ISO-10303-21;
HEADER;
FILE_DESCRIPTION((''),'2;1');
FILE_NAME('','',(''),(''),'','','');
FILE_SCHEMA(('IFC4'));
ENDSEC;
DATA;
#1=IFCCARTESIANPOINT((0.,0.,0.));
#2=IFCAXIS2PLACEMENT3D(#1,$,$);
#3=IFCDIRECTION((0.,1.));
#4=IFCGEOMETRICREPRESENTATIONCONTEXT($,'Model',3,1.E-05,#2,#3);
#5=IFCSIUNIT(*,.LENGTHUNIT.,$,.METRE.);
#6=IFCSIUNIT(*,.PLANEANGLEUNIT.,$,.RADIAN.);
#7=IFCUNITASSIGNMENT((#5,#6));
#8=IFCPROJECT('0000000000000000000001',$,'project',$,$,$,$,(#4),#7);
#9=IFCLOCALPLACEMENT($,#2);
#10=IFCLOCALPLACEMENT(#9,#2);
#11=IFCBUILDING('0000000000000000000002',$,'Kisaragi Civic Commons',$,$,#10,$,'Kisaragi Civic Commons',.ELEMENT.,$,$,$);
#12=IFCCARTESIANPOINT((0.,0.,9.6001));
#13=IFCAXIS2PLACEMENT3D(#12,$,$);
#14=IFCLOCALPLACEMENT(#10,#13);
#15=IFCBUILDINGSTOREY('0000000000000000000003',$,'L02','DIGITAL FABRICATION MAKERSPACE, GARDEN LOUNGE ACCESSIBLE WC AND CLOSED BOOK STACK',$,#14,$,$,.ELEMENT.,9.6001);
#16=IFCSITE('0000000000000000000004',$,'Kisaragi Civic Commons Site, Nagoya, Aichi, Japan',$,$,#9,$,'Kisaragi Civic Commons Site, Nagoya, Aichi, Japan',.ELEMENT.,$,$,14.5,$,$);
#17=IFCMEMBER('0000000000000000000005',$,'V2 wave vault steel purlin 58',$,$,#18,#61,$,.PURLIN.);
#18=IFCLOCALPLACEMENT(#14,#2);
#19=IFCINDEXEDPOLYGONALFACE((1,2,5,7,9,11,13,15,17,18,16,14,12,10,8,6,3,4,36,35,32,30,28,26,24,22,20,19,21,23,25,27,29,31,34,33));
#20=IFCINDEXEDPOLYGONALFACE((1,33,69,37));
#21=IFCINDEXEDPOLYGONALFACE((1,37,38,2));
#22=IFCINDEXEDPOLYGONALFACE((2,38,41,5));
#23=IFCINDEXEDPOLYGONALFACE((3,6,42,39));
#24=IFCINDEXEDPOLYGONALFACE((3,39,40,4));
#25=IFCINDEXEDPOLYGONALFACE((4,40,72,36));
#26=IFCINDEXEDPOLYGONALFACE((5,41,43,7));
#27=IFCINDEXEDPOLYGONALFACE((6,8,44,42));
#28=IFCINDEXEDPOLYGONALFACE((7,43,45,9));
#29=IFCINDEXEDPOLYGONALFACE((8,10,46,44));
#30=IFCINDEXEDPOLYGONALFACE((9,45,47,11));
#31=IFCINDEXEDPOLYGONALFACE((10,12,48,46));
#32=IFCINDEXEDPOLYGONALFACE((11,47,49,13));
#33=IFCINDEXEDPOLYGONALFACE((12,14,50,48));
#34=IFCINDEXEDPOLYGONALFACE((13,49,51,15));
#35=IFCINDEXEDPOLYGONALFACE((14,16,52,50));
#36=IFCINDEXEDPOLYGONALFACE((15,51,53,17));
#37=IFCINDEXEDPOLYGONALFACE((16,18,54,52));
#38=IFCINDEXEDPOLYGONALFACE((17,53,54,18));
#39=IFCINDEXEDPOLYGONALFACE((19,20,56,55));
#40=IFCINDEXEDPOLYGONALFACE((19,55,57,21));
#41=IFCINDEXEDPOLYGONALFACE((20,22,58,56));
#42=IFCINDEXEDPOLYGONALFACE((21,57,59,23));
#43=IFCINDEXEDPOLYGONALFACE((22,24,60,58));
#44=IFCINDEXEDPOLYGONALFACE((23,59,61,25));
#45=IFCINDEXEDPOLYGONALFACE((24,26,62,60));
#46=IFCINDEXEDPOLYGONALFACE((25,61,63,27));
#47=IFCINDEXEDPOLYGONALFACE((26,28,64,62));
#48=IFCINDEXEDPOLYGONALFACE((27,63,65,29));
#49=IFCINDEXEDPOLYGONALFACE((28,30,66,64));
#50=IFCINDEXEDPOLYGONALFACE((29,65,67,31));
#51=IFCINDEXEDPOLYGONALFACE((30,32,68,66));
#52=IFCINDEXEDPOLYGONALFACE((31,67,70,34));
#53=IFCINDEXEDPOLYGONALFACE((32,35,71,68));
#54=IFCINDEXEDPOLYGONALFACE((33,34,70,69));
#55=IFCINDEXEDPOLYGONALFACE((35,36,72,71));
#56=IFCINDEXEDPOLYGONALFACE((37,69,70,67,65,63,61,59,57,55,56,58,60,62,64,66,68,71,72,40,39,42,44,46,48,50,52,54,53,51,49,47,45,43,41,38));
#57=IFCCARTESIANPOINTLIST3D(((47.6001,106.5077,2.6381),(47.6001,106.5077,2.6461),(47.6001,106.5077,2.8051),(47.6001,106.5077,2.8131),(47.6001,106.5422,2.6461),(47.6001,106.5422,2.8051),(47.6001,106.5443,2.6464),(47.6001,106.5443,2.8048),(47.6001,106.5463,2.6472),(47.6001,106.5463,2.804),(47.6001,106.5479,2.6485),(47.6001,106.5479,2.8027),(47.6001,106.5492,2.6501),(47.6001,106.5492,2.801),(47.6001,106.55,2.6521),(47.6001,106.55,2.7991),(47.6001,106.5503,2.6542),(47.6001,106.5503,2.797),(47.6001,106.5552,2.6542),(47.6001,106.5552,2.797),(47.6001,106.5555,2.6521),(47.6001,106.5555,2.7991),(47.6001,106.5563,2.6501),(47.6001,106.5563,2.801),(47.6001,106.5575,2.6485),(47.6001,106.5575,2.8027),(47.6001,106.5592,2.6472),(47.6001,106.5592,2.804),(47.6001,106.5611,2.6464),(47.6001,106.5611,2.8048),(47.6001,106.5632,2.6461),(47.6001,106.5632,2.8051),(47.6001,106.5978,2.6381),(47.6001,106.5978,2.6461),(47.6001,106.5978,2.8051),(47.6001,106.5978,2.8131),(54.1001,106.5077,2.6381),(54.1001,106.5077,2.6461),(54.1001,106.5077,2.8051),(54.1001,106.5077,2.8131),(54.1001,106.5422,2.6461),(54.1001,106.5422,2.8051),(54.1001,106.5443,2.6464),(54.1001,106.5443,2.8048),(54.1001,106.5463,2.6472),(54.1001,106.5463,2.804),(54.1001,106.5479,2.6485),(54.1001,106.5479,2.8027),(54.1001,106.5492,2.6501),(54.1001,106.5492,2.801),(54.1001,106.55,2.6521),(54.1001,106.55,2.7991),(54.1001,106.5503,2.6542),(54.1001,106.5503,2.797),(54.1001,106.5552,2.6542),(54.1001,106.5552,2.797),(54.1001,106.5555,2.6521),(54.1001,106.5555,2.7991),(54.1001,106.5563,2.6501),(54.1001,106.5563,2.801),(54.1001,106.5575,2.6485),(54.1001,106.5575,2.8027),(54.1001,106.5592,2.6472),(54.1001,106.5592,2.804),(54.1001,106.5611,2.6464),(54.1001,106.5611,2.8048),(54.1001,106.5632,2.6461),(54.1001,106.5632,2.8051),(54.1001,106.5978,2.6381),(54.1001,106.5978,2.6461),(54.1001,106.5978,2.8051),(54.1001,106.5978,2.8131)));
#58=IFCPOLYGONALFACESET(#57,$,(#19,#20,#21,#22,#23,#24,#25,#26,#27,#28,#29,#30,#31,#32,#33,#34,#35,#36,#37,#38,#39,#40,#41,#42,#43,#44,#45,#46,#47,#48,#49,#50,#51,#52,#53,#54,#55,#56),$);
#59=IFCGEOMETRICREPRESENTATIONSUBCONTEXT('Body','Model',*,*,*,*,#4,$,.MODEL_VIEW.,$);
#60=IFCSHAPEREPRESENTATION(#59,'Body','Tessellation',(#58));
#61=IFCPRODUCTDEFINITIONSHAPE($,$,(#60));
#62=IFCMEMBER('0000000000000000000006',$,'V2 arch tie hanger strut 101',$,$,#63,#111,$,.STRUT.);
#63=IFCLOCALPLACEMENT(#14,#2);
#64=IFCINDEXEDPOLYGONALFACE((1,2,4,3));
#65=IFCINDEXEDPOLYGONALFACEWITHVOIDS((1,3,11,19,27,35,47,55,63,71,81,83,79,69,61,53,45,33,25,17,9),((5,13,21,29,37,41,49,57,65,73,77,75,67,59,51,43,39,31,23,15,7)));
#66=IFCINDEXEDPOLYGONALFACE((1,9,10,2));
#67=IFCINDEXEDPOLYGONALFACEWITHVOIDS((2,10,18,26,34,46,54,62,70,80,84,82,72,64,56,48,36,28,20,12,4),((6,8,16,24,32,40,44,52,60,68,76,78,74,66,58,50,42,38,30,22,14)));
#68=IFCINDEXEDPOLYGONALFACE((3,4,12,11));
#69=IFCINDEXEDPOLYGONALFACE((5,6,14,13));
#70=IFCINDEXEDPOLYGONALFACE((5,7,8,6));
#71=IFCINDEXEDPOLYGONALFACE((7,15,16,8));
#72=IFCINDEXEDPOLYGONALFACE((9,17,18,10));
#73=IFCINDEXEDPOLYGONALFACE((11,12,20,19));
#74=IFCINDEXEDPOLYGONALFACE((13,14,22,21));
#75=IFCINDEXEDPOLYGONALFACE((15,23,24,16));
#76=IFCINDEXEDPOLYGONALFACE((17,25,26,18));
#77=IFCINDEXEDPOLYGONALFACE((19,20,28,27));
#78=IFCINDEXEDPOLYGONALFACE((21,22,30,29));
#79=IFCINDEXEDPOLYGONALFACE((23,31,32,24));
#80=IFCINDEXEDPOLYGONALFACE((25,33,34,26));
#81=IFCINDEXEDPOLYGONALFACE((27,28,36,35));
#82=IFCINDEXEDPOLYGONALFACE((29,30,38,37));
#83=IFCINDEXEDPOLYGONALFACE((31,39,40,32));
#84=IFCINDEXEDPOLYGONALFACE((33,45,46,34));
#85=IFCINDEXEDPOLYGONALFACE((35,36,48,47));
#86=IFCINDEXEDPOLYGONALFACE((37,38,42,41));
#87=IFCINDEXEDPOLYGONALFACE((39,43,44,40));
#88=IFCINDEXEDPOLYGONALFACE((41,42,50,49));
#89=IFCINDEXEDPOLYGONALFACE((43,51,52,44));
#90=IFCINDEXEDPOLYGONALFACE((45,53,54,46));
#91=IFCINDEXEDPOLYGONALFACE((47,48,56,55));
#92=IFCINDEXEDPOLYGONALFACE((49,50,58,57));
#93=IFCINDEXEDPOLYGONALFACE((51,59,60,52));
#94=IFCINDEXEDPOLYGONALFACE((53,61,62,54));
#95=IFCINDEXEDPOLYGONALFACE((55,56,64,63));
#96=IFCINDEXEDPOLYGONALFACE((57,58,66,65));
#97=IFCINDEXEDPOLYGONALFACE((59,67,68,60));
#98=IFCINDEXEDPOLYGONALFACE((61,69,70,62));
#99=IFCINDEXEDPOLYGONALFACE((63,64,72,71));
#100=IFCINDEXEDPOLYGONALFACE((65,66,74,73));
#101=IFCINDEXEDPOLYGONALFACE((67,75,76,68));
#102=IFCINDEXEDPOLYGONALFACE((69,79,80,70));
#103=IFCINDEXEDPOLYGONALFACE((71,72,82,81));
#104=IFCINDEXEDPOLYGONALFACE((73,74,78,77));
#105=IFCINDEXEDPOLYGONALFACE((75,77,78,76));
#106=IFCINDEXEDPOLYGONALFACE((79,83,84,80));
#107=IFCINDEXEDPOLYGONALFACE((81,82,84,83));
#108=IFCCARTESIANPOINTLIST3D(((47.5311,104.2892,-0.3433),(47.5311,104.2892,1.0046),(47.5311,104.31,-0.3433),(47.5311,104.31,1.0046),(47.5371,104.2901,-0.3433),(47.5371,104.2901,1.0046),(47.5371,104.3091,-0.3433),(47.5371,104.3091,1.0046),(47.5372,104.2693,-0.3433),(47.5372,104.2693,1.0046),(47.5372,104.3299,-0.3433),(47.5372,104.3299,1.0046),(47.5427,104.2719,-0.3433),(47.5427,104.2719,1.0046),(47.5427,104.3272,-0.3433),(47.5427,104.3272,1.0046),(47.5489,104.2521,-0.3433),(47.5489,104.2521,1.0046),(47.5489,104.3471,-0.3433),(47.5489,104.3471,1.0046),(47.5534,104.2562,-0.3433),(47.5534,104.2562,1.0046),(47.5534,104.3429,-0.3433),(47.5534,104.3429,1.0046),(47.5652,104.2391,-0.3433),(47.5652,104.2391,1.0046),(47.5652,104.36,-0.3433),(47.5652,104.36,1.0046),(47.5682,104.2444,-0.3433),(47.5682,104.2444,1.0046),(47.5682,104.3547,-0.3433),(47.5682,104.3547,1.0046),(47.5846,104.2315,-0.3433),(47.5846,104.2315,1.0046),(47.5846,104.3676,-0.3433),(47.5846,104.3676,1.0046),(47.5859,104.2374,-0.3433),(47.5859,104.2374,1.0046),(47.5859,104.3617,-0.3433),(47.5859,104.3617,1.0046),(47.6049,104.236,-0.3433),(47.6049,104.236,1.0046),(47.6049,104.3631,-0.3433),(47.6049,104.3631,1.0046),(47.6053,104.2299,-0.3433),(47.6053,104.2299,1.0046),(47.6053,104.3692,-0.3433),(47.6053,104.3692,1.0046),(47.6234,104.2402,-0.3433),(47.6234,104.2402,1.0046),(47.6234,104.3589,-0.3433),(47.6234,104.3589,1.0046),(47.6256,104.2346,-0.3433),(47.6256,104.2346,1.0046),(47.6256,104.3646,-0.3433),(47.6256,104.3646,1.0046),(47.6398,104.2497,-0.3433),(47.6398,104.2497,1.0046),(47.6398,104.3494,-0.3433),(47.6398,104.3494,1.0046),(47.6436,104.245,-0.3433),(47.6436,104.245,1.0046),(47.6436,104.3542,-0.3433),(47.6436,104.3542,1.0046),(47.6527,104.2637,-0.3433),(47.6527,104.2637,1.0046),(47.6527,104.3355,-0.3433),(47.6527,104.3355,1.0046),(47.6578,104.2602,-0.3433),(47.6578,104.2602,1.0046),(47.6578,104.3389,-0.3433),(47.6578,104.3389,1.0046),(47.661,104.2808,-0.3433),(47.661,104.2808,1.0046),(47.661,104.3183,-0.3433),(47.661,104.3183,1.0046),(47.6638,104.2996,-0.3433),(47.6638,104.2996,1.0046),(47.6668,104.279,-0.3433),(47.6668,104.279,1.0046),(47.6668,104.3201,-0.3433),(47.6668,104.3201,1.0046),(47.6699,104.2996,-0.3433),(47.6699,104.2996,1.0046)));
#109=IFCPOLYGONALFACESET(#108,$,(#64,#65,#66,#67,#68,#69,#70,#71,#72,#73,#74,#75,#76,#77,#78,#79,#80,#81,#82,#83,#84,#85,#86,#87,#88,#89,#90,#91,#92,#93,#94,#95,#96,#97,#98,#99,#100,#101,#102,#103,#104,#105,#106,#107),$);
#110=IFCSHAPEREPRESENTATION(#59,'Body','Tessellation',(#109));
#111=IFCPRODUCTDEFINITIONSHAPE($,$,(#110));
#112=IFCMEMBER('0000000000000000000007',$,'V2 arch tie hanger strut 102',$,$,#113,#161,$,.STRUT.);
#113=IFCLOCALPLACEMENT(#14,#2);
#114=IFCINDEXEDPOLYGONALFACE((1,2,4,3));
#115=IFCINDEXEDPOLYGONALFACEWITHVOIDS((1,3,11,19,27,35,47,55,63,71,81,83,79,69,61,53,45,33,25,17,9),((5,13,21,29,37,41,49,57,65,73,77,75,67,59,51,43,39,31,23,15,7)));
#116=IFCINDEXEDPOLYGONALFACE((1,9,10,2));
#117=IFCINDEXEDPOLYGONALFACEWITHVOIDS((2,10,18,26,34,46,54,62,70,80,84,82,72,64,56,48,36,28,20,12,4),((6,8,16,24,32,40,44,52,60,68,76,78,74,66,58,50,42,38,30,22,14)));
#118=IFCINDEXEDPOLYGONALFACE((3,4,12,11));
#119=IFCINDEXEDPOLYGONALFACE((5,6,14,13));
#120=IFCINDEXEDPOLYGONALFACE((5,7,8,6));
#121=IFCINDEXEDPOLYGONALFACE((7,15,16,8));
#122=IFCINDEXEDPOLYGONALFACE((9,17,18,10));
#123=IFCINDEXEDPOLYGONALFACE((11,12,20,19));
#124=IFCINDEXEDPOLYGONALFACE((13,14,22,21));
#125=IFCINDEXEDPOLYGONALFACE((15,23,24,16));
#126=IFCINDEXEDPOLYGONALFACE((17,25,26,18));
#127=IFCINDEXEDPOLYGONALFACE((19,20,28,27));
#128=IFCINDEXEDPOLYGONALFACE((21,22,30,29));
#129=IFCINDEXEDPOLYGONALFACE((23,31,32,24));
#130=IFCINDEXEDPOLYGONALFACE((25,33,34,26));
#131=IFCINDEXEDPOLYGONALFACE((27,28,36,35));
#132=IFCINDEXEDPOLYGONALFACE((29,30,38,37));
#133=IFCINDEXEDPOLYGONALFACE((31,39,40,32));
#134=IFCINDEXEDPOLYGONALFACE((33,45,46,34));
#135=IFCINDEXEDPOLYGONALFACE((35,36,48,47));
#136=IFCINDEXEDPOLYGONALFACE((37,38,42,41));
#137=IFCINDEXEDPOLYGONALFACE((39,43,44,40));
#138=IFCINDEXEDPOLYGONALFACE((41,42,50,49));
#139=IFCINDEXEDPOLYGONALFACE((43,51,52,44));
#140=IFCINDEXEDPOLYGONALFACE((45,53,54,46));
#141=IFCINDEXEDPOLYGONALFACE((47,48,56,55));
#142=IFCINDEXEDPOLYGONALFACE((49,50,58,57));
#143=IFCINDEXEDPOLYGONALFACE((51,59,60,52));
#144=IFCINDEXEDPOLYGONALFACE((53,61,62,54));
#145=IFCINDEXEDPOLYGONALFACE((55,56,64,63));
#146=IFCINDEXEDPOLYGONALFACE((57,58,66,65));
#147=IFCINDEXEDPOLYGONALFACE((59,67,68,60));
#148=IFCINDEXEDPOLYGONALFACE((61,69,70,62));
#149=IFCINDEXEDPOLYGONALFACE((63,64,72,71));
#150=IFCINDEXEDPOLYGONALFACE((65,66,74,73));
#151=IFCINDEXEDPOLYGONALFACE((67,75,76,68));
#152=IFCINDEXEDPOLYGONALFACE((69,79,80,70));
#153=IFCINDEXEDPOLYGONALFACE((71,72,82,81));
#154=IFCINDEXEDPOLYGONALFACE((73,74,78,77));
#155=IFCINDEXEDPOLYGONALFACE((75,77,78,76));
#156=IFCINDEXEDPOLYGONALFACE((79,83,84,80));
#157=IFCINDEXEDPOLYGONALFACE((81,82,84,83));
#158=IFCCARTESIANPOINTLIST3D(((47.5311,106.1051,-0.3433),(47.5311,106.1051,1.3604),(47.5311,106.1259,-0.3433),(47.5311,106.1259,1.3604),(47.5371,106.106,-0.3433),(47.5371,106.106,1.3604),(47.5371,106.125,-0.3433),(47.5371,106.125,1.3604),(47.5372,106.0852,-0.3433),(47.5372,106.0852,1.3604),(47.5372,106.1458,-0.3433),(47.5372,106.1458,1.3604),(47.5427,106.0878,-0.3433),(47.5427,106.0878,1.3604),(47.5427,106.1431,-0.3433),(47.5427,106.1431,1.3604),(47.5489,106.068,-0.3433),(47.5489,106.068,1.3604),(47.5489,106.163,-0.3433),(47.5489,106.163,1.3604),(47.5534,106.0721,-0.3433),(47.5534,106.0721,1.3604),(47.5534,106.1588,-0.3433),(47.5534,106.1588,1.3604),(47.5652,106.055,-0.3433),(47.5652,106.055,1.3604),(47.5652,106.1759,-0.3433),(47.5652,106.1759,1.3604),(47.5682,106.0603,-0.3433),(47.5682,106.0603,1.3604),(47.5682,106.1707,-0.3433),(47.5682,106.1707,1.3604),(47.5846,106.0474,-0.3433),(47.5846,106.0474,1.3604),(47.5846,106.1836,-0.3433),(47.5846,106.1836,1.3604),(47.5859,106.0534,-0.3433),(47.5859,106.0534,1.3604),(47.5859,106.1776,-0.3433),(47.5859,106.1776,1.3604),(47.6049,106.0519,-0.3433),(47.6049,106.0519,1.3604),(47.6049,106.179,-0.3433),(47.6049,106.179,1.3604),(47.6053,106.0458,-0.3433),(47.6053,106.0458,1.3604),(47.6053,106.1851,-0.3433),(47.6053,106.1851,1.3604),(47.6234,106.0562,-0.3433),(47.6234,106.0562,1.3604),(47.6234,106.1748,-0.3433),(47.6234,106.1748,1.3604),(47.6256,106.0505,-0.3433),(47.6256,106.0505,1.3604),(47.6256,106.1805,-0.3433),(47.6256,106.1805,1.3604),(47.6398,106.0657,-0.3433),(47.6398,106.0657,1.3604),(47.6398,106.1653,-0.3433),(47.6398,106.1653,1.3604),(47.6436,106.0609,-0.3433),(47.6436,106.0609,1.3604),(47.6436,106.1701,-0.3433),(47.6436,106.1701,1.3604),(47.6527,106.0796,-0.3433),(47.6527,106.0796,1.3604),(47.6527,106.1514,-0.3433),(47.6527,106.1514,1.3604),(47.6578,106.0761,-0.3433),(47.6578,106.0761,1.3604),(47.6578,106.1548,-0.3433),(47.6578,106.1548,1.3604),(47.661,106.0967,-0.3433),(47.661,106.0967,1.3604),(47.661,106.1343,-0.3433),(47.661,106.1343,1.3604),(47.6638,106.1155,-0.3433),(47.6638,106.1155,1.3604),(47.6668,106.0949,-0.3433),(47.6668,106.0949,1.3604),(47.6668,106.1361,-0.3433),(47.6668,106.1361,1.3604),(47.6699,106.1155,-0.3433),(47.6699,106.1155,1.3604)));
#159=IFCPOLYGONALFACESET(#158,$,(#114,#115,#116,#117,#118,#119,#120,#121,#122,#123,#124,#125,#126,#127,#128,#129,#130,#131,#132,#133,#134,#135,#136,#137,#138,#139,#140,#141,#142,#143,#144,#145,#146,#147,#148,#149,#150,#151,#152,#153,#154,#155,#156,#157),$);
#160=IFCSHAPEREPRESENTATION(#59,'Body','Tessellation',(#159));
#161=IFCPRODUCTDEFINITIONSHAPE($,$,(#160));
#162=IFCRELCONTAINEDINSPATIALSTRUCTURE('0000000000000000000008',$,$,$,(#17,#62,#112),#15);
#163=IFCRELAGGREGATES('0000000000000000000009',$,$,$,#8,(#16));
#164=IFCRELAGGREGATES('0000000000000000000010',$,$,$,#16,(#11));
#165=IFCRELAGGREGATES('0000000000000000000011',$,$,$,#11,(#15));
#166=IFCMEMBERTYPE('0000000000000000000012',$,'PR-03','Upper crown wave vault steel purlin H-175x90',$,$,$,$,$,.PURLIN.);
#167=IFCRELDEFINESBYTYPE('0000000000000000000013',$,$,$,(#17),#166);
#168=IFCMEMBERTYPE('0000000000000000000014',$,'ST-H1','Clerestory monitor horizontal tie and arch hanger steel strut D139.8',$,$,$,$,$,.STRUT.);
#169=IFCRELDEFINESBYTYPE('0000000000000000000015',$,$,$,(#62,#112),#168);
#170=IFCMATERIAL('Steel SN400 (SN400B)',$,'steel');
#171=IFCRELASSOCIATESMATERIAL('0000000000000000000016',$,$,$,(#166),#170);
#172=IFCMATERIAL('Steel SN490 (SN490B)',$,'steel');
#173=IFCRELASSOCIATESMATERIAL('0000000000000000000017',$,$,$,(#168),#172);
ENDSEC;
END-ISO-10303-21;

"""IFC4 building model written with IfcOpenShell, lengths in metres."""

from ifc_helpers import new_model, si_unit, direction, frame, origin, origin_2d, place, context, subcontext, project, spatial, hollow_circle, i_section, extrude, material, material_profile, profile_set, type_object, element, save


model = new_model("IFC4")

# Units and contexts
model_context = context("Model", 3, precision=1e-05, world=origin(), true_north=direction((0.0, 1.0)))
body_context = subcontext(model_context, "Body", "Model", "MODEL_VIEW")
ifc_project = project(units=[si_unit("LENGTHUNIT", "METRE"), si_unit("PLANEANGLEUNIT", "RADIAN")], contexts=[model_context])

# Site, building, storey
site_placement = place(None, origin())
site = spatial("IfcSite", under=ifc_project, at=site_placement, Name="Kisaragi Civic Commons Site, Nagoya, Aichi, Japan", LongName="Kisaragi Civic Commons Site, Nagoya, Aichi, Japan", CompositionType="ELEMENT", RefElevation=14.5)
building_placement = place(site_placement, origin())
building = spatial("IfcBuilding", under=site, at=building_placement, Name="Kisaragi Civic Commons", LongName="Kisaragi Civic Commons", CompositionType="ELEMENT")
storey_placement = place(building_placement, frame((0.0, 0.0, 9.6001)))
storey = spatial("IfcBuildingStorey", under=building, at=storey_placement, Name="L02", Description="DIGITAL FABRICATION MAKERSPACE, GARDEN LOUNGE ACCESSIBLE WC AND CLOSED BOOK STACK", CompositionType="ELEMENT", Elevation=9.6001)

# Shared definitions
ifc_material_1 = material(Name="Steel SN400 (SN400B)", Category="steel")

# Members
ifc_material_2 = material(Name="Steel SN490 (SN490B)", Category="steel")
ifc_material_profile_1 = material_profile(ifc_material_1, i_section(OverallWidth=0.0901, OverallDepth=0.175, WebThickness=0.0049, FlangeThickness=0.0081, FilletRadius=0.0081, at=origin_2d()), Name="H-175x90x5x8", Category="steel")
ifc_profile_set_1 = profile_set([ifc_material_profile_1], Name="Steel SN400 (SN400B)")
member_type_1 = type_object("IfcMemberType", Name="PR-03", Description="Upper crown wave vault steel purlin H-175x90", PredefinedType="PURLIN", material=ifc_profile_set_1)
member_1_placement = place(storey_placement, frame((47.6001, 106.5527, 2.7256), z_axis=(1.0, 0.0, 0.0), x_axis=(0.0, 1.0, 0.0)))
element("IfcMember", 1, at=member_1_placement, inside=storey, type_object=member_type_1, Name="V2 wave vault steel purlin 58", PredefinedType="PURLIN", context=body_context, shape_type="SweptSolid", body=[
    extrude(i_section(OverallWidth=0.0901, OverallDepth=0.175, WebThickness=0.0049, FlangeThickness=0.0081, FilletRadius=0.0081, at=origin_2d()), origin(), (0.0, 0.0, 1.0), 6.5),
])
ifc_material_profile_2 = material_profile(ifc_material_2, hollow_circle(Radius=0.0698, WallThickness=0.0061, at=origin_2d()), Name="CHS-139.8x6.0", Category="steel")
ifc_profile_set_2 = profile_set([ifc_material_profile_2], Name="Steel SN490 (SN490B)")
member_type_2 = type_object("IfcMemberType", Name="ST-H1", Description="Clerestory monitor horizontal tie and arch hanger steel strut D139.8", PredefinedType="STRUT", material=ifc_profile_set_2)
member_2_placement = place(storey_placement, frame((47.6001, 104.2996, -0.3433), z_axis=(0.0, 0.0, 1.0), x_axis=(1.0, 0.0, 0.0)))
element("IfcMember", 2, at=member_2_placement, inside=storey, type_object=member_type_2, Name="V2 arch tie hanger strut 101", PredefinedType="STRUT", context=body_context, shape_type="SweptSolid", body=[
    extrude(hollow_circle(Radius=0.0698, WallThickness=0.0061, at=origin_2d()), origin(), (0.0, 0.0, 1.0), 1.3479),
])
member_3_placement = place(storey_placement, frame((47.6001, 106.1155, -0.3433), z_axis=(0.0, 0.0, 1.0), x_axis=(1.0, 0.0, 0.0)))
element("IfcMember", 3, at=member_3_placement, inside=storey, type_object=member_type_2, Name="V2 arch tie hanger strut 102", PredefinedType="STRUT", context=body_context, shape_type="SweptSolid", body=[
    extrude(hollow_circle(Radius=0.0698, WallThickness=0.0061, at=origin_2d()), origin(), (0.0, 0.0, 1.0), 1.7036),
])

save(model, "model.ifc")
